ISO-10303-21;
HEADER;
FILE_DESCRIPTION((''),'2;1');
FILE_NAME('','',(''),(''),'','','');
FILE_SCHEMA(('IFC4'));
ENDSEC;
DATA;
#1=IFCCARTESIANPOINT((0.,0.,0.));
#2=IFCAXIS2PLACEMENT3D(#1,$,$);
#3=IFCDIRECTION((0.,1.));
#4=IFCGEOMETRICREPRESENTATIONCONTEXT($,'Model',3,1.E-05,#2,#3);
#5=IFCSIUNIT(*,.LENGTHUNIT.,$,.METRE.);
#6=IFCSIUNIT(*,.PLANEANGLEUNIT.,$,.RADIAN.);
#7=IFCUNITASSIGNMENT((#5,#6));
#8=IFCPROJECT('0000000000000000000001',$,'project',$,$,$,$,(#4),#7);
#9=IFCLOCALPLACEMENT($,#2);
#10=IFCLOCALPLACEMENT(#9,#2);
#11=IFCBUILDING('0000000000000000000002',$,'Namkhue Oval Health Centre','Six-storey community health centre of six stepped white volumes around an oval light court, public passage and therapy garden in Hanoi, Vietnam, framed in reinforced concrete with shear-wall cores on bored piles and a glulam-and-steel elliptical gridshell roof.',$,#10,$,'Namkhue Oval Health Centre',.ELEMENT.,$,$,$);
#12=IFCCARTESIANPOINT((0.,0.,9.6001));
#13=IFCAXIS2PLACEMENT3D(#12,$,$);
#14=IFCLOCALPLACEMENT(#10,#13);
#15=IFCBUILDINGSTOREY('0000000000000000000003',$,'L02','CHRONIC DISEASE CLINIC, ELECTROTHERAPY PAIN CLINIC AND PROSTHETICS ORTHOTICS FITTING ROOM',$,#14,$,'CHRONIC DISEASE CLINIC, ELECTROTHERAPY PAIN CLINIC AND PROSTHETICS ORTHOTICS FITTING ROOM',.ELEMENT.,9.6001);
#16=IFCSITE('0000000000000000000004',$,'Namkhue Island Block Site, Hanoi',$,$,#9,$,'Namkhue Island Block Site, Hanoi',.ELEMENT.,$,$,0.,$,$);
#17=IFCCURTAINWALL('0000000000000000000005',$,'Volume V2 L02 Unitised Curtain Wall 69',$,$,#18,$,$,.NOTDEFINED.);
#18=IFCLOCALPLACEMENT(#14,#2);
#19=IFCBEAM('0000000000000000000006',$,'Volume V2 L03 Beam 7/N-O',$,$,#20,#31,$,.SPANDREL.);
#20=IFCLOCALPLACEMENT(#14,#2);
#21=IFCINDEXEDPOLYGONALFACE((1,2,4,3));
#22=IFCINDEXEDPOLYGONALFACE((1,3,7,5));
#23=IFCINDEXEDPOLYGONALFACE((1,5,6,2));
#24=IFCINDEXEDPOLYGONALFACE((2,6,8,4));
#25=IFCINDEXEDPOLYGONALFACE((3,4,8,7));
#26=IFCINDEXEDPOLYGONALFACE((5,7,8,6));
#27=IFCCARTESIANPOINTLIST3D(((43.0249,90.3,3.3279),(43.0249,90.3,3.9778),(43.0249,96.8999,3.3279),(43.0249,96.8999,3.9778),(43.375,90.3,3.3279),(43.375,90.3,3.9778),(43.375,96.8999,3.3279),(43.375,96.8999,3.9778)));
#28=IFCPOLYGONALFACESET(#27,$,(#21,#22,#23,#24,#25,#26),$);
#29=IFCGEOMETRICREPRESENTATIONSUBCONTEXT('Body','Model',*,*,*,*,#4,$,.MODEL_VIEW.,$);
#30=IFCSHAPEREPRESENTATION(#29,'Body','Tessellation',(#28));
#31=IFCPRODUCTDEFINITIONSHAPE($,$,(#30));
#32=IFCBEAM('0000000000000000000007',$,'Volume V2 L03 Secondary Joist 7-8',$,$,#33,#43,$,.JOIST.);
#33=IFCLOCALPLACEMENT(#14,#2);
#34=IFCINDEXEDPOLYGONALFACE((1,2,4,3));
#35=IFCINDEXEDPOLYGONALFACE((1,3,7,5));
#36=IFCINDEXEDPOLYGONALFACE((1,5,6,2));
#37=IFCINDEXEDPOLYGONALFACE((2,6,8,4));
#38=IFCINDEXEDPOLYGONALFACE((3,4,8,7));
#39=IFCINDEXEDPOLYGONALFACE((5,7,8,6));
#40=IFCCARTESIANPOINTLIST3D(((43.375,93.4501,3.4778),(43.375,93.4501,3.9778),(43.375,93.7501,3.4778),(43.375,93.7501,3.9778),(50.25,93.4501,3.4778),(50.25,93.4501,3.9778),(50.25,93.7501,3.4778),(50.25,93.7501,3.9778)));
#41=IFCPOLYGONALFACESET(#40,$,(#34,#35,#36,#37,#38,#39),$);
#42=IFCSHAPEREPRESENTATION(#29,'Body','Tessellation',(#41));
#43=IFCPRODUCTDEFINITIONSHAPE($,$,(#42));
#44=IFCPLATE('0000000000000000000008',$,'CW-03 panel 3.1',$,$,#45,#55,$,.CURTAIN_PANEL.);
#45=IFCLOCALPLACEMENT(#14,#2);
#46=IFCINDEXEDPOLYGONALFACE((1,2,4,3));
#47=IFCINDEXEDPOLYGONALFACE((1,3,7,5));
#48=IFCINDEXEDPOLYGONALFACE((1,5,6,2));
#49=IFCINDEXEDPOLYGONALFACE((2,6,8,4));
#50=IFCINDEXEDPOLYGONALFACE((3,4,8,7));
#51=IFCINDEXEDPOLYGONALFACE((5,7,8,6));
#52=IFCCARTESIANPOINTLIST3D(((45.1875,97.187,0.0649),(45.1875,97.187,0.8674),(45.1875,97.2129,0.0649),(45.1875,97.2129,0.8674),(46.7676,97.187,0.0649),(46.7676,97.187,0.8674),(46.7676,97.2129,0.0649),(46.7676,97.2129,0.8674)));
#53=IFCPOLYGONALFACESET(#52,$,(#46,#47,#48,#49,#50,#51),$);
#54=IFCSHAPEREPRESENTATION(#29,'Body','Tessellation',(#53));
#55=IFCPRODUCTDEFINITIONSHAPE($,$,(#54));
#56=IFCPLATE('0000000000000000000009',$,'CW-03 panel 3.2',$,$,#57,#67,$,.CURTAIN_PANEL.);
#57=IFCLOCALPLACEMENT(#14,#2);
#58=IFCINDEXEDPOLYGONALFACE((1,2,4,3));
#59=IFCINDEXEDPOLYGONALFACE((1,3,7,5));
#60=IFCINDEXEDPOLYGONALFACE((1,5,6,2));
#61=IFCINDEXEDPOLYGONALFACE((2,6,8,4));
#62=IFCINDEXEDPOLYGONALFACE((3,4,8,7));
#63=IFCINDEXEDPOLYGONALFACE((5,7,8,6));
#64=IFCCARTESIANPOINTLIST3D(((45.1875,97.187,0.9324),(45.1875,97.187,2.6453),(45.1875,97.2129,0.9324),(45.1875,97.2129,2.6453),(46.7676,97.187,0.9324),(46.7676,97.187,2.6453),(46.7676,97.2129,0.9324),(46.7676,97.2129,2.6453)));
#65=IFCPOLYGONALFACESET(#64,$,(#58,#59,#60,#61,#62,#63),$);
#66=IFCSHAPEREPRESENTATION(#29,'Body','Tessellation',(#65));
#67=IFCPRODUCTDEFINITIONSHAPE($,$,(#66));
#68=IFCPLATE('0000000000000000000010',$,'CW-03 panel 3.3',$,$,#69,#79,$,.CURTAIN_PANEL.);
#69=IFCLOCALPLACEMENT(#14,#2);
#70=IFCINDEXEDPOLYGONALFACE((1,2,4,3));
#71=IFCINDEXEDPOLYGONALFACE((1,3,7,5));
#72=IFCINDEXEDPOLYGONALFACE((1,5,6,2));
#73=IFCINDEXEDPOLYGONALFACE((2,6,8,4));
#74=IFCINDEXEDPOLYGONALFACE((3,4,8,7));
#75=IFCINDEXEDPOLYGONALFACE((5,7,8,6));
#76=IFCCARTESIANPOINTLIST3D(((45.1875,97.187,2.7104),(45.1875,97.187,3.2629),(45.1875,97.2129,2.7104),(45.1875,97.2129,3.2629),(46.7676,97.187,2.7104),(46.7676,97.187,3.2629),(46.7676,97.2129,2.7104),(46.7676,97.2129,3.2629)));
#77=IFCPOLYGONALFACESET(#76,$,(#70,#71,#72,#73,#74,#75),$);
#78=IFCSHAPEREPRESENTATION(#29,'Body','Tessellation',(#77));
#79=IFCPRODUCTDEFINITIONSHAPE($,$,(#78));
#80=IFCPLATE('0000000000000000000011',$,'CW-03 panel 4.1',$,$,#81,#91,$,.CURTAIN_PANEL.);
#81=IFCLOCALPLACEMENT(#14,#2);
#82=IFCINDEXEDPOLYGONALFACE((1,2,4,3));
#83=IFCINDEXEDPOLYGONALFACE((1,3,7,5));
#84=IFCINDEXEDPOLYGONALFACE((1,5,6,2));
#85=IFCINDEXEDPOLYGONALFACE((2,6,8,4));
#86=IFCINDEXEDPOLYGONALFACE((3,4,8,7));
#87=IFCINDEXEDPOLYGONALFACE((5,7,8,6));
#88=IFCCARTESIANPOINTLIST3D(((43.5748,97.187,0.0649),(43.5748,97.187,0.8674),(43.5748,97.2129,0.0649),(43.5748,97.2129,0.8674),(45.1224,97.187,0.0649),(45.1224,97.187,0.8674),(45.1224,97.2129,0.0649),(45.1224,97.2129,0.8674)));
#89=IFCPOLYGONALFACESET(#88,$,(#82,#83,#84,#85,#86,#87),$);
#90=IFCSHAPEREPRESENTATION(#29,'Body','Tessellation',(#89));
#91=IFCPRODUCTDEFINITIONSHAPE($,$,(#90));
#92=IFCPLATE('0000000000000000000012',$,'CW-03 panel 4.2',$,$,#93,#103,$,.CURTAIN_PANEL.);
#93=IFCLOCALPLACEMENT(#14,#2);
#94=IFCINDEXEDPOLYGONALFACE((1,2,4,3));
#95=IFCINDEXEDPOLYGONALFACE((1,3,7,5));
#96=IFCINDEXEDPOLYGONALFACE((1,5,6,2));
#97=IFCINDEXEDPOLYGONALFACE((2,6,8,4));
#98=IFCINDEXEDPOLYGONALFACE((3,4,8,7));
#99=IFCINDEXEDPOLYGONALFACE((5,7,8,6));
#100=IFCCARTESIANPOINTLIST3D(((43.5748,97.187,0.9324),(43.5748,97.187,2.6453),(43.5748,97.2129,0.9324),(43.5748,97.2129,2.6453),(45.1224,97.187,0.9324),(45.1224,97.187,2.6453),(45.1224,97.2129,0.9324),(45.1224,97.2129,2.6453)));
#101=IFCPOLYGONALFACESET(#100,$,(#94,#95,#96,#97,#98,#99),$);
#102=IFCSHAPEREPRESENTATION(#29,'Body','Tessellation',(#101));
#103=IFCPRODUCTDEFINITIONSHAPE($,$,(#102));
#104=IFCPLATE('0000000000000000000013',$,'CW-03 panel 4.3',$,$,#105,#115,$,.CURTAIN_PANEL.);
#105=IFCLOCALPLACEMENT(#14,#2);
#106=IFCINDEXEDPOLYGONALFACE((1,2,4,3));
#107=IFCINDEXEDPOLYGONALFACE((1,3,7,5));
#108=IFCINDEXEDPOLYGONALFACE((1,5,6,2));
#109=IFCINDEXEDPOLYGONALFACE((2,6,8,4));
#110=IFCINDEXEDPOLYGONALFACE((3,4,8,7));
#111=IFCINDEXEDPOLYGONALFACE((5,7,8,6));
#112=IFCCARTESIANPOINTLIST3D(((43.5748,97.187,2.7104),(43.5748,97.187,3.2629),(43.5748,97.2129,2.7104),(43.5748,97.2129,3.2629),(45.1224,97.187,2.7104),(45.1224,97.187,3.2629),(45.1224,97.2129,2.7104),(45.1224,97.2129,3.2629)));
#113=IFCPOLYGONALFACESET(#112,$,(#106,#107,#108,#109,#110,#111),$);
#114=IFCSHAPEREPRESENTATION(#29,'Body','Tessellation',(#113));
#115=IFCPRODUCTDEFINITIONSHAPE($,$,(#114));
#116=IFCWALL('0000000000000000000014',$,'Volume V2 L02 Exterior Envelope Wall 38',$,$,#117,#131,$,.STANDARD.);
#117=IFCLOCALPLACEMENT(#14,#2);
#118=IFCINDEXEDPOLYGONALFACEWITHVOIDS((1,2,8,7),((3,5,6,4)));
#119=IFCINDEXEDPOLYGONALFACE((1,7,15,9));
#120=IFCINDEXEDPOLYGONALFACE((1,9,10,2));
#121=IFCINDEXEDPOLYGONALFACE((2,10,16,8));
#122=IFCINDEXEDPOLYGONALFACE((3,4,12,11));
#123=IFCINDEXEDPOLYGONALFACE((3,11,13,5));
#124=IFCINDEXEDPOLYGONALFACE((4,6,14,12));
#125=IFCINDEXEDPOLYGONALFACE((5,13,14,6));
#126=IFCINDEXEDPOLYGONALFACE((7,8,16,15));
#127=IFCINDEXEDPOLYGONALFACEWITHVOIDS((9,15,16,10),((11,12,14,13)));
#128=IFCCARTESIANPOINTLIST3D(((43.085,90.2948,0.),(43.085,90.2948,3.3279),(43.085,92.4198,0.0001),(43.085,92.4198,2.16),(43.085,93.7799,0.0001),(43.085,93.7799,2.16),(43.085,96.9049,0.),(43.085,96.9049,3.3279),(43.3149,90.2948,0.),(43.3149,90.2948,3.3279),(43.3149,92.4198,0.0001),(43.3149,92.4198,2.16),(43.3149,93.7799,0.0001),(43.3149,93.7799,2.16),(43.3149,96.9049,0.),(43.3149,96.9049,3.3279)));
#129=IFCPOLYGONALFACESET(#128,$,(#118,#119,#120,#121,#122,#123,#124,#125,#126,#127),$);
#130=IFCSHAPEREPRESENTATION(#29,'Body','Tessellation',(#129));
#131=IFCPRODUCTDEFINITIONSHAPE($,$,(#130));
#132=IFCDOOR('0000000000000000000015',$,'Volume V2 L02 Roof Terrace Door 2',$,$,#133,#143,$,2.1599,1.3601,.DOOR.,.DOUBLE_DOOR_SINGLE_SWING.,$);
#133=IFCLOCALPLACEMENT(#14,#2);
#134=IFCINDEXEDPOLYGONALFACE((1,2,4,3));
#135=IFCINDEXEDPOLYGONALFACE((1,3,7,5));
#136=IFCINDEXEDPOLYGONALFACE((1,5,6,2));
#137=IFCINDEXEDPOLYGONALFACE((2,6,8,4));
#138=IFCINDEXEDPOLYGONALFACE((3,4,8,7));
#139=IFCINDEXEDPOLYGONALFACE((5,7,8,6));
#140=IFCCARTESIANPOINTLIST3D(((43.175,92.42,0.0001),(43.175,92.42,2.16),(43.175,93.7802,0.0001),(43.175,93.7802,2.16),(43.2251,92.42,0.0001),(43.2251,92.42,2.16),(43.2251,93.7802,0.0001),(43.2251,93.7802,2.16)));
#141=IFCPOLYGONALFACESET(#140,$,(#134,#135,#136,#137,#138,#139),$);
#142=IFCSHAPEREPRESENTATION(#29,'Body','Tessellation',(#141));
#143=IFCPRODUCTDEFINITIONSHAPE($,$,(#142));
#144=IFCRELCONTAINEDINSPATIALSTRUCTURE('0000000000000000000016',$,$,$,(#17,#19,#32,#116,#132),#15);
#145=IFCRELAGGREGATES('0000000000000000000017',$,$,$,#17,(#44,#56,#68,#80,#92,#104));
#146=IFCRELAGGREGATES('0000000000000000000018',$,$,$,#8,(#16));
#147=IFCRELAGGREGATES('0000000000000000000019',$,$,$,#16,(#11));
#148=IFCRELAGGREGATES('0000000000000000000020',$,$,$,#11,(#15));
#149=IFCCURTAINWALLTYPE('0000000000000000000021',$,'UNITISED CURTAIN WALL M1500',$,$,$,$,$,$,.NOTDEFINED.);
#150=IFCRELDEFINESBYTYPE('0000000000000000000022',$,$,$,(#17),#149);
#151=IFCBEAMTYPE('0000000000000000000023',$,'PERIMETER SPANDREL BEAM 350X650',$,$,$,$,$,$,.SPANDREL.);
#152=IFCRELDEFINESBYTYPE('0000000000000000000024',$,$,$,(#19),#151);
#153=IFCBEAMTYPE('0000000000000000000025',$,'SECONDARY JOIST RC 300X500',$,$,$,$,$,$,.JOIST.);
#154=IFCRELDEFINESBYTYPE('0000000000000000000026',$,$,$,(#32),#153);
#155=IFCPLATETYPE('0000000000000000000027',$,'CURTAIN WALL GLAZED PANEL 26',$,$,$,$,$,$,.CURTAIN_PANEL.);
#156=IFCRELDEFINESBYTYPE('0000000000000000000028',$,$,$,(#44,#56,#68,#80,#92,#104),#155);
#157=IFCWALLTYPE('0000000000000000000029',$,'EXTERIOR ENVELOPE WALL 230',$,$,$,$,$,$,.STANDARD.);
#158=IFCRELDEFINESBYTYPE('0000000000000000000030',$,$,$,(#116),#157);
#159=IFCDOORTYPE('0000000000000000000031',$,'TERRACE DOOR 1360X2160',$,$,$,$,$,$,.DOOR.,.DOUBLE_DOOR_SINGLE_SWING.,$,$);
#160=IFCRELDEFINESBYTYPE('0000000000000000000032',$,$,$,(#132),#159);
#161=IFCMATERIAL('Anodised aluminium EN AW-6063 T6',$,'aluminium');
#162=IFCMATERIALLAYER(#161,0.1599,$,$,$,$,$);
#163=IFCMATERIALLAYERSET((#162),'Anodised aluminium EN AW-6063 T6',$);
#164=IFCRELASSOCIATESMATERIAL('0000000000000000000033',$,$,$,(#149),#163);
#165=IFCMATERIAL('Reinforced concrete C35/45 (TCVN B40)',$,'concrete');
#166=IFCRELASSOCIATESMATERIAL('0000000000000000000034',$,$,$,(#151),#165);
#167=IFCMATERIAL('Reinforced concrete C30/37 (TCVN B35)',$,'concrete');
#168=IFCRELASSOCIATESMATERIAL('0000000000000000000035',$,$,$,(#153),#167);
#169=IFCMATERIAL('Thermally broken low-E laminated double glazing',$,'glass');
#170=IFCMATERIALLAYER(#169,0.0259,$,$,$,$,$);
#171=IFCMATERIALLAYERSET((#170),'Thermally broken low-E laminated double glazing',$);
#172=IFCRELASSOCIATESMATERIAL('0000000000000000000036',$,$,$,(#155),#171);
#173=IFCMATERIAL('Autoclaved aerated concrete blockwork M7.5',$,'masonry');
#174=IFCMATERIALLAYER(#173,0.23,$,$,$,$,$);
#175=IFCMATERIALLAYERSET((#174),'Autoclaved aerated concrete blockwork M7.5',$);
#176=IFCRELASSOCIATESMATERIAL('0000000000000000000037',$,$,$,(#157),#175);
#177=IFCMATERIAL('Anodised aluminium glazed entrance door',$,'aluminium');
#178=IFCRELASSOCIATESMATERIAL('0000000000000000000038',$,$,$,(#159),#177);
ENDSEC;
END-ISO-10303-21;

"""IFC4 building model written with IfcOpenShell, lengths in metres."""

from ifc_helpers import new_model, si_unit, direction, frame, frame_2d, origin, origin_2d, place, context, subcontext, project, spatial, rectangle, extrude, material, layer, layer_set, material_profile, profile_set, type_object, element, fill, aggregate, save


model = new_model("IFC4")

# Units and contexts
model_context = context("Model", 3, precision=1e-05, world=origin(), true_north=direction((0.0, 1.0)))
body_context = subcontext(model_context, "Body", "Model", "MODEL_VIEW")
ifc_project = project(units=[si_unit("LENGTHUNIT", "METRE"), si_unit("PLANEANGLEUNIT", "RADIAN")], contexts=[model_context])

# Site, building, storey
site_placement = place(None, origin())
site = spatial("IfcSite", under=ifc_project, at=site_placement, Name="Namkhue Island Block Site, Hanoi", LongName="Namkhue Island Block Site, Hanoi", CompositionType="ELEMENT", RefElevation=0.0)
building_placement = place(site_placement, origin())
building = spatial("IfcBuilding", under=site, at=building_placement, Name="Namkhue Oval Health Centre", Description="Six-storey community health centre of six stepped white volumes around an oval light court, public passage and therapy garden in Hanoi, Vietnam, framed in reinforced concrete with shear-wall cores on bored piles and a glulam-and-steel elliptical gridshell roof.", LongName="Namkhue Oval Health Centre", CompositionType="ELEMENT")
storey_placement = place(building_placement, frame((0.0, 0.0, 9.6001)))
storey = spatial("IfcBuildingStorey", under=building, at=storey_placement, Name="L02", Description="CHRONIC DISEASE CLINIC, ELECTROTHERAPY PAIN CLINIC AND PROSTHETICS ORTHOTICS FITTING ROOM", LongName="CHRONIC DISEASE CLINIC, ELECTROTHERAPY PAIN CLINIC AND PROSTHETICS ORTHOTICS FITTING ROOM", CompositionType="ELEMENT", Elevation=9.6001)

# Shared definitions
ifc_material_1 = material(Name="Reinforced concrete C35/45 (TCVN B40)", Category="concrete")

# Curtain wall
ifc_material_2 = material(Name="Anodised aluminium EN AW-6063 T6", Category="aluminium")
ifc_layer_1 = layer(ifc_material_2, 0.1599)
ifc_layer_set_1 = layer_set([ifc_layer_1], Name="Anodised aluminium EN AW-6063 T6")
curtain_wall_type = type_object("IfcCurtainWallType", Name="UNITISED CURTAIN WALL M1500", PredefinedType="NOTDEFINED", material=ifc_layer_set_1)
curtain_wall_placement = place(storey_placement, origin())
curtain_wall = element("IfcCurtainWall", 1, at=curtain_wall_placement, inside=storey, type_object=curtain_wall_type, Name="Volume V2 L02 Unitised Curtain Wall 69", PredefinedType="NOTDEFINED")

# Beams
ifc_material_profile_1 = material_profile(ifc_material_1, rectangle(XDim=0.3501, YDim=0.6499, at=origin_2d()), Name="RC 350x650")
ifc_profile_set_1 = profile_set([ifc_material_profile_1], Name="Reinforced concrete C35/45 (TCVN B40)")
beam_type_1 = type_object("IfcBeamType", Name="PERIMETER SPANDREL BEAM 350X650", PredefinedType="SPANDREL", material=ifc_profile_set_1)
beam_1_placement = place(storey_placement, frame((43.2, 90.3, 3.6528), z_axis=(0.0, 1.0, 0.0), x_axis=(-1.0, 0.0, 0.0)))
element("IfcBeam", 2, at=beam_1_placement, inside=storey, type_object=beam_type_1, Name="Volume V2 L03 Beam 7/N-O", PredefinedType="SPANDREL", context=body_context, shape_type="SweptSolid", body=[
    extrude(rectangle(XDim=0.3501, YDim=0.6499, at=origin_2d()), origin(), (0.0, 0.0, 1.0), 6.5999),
])
ifc_material_3 = material(Name="Reinforced concrete C30/37 (TCVN B35)", Category="concrete")
ifc_material_profile_2 = material_profile(ifc_material_3, rectangle(XDim=0.3, YDim=0.5, at=origin_2d()), Name="RC 300x500")
ifc_profile_set_2 = profile_set([ifc_material_profile_2], Name="Reinforced concrete C30/37 (TCVN B35)")
beam_type_2 = type_object("IfcBeamType", Name="SECONDARY JOIST RC 300X500", PredefinedType="JOIST", material=ifc_profile_set_2)
beam_2_placement = place(storey_placement, frame((43.375, 93.6001, 3.7278), z_axis=(1.0, 0.0, 0.0), x_axis=(0.0, 1.0, 0.0)))
element("IfcBeam", 3, at=beam_2_placement, inside=storey, type_object=beam_type_2, Name="Volume V2 L03 Secondary Joist 7-8", PredefinedType="JOIST", context=body_context, shape_type="SweptSolid", body=[
    extrude(rectangle(XDim=0.3, YDim=0.5, at=origin_2d()), origin(), (0.0, 0.0, 1.0), 6.875),
])

# Plates
ifc_material_4 = material(Name="Thermally broken low-E laminated double glazing", Category="glass")
ifc_layer_2 = layer(ifc_material_4, 0.0259)
ifc_layer_set_2 = layer_set([ifc_layer_2], Name="Thermally broken low-E laminated double glazing")
plate_type = type_object("IfcPlateType", Name="CURTAIN WALL GLAZED PANEL 26", PredefinedType="CURTAIN_PANEL", material=ifc_layer_set_2)
plate_1_placement = place(storey_placement, frame((45.9775, 97.2, 0.0649), z_axis=(0.0, 0.0, 1.0), x_axis=(-1.0, 0.0, 0.0)))
plate_1 = element("IfcPlate", 4, at=plate_1_placement, type_object=plate_type, Name="CW-03 panel 3.1", PredefinedType="CURTAIN_PANEL", context=body_context, shape_type="SweptSolid", body=[
    extrude(rectangle(XDim=1.5801, YDim=0.0259, at=origin_2d()), origin(), (0.0, 0.0, 1.0), 0.8025),
])
plate_2_placement = place(storey_placement, frame((45.9775, 97.2, 0.9324), z_axis=(0.0, 0.0, 1.0), x_axis=(-1.0, 0.0, 0.0)))
plate_2 = element("IfcPlate", 5, at=plate_2_placement, type_object=plate_type, Name="CW-03 panel 3.2", PredefinedType="CURTAIN_PANEL", context=body_context, shape_type="SweptSolid", body=[
    extrude(rectangle(XDim=1.5801, YDim=0.0259, at=origin_2d()), origin(), (0.0, 0.0, 1.0), 1.7129),
])
plate_3_placement = place(storey_placement, frame((45.9775, 97.2, 2.7104), z_axis=(0.0, 0.0, 1.0), x_axis=(-1.0, 0.0, 0.0)))
plate_3 = element("IfcPlate", 6, at=plate_3_placement, type_object=plate_type, Name="CW-03 panel 3.3", PredefinedType="CURTAIN_PANEL", context=body_context, shape_type="SweptSolid", body=[
    extrude(rectangle(XDim=1.5801, YDim=0.0259, at=origin_2d()), origin(), (0.0, 0.0, 1.0), 0.5525),
])
plate_4_placement = place(storey_placement, frame((44.3486, 97.2, 0.0649), z_axis=(0.0, 0.0, 1.0), x_axis=(-1.0, 0.0, 0.0)))
plate_4 = element("IfcPlate", 7, at=plate_4_placement, type_object=plate_type, Name="CW-03 panel 4.1", PredefinedType="CURTAIN_PANEL", context=body_context, shape_type="SweptSolid", body=[
    extrude(rectangle(XDim=1.5476, YDim=0.0259, at=origin_2d()), origin(), (0.0, 0.0, 1.0), 0.8025),
])
plate_5_placement = place(storey_placement, frame((44.3486, 97.2, 0.9324), z_axis=(0.0, 0.0, 1.0), x_axis=(-1.0, 0.0, 0.0)))
plate_5 = element("IfcPlate", 8, at=plate_5_placement, type_object=plate_type, Name="CW-03 panel 4.2", PredefinedType="CURTAIN_PANEL", context=body_context, shape_type="SweptSolid", body=[
    extrude(rectangle(XDim=1.5476, YDim=0.0259, at=origin_2d()), origin(), (0.0, 0.0, 1.0), 1.7129),
])
plate_6_placement = place(storey_placement, frame((44.3486, 97.2, 2.7104), z_axis=(0.0, 0.0, 1.0), x_axis=(-1.0, 0.0, 0.0)))
plate_6 = element("IfcPlate", 9, at=plate_6_placement, type_object=plate_type, Name="CW-03 panel 4.3", PredefinedType="CURTAIN_PANEL", context=body_context, shape_type="SweptSolid", body=[
    extrude(rectangle(XDim=1.5476, YDim=0.0259, at=origin_2d()), origin(), (0.0, 0.0, 1.0), 0.5525),
])
aggregate(curtain_wall, [plate_1, plate_2, plate_3, plate_4, plate_5, plate_6])

# Wall, opening, door
ifc_material_5 = material(Name="Autoclaved aerated concrete blockwork M7.5", Category="masonry")
ifc_layer_3 = layer(ifc_material_5, 0.23)
ifc_layer_set_3 = layer_set([ifc_layer_3], Name="Autoclaved aerated concrete blockwork M7.5")
wall_type_1 = type_object("IfcWallType", Name="EXTERIOR ENVELOPE WALL 230", PredefinedType="STANDARD", material=ifc_layer_set_3)
wall_1_placement = place(storey_placement, frame((43.2, 96.905, 0.0), z_axis=(0.0, 0.0, 1.0), x_axis=(0.0, -1.0, 0.0)))
wall_1 = element("IfcWall", 10, at=wall_1_placement, inside=storey, type_object=wall_type_1, Name="Volume V2 L02 Exterior Envelope Wall 38", PredefinedType="STANDARD", context=body_context, shape_type="SweptSolid", body=[
    extrude(rectangle(XDim=6.6101, YDim=0.23, at=frame_2d((3.3052, 0.0))), origin(), (0.0, 0.0, 1.0), 3.3279),
])
opening_1_placement = place(wall_1_placement, frame((3.125, 0.0, 0.0)))
opening_1 = element("IfcOpeningElement", 11, at=opening_1_placement, cuts=wall_1, PredefinedType="OPENING", context=body_context, shape_type="SweptSolid", body=[
    extrude(rectangle(XDim=1.3601, YDim=2.1599, at=frame_2d((0.6802, 1.0801))), frame((0.0, 0.125, 0.0), z_axis=(0.0, -1.0, 0.0), x_axis=(1.0, 0.0, 0.0)), (0.0, 0.0, 1.0), 0.25),
])
ifc_material_6 = material(Name="Anodised aluminium glazed entrance door", Category="aluminium")
door_type_1 = type_object("IfcDoorType", Name="TERRACE DOOR 1360X2160", OperationType="DOUBLE_DOOR_SINGLE_SWING", PredefinedType="DOOR", material=ifc_material_6)
door_1_placement = place(opening_1_placement, frame((1.3601, 0.0, 0.0), z_axis=(0.0, 0.0, 1.0), x_axis=(-1.0, 0.0, 0.0)))
door_1 = element("IfcDoor", 12, at=door_1_placement, inside=storey, type_object=door_type_1, Name="Volume V2 L02 Roof Terrace Door 2", OperationType="DOUBLE_DOOR_SINGLE_SWING", OverallHeight=2.1599, OverallWidth=1.3601, PredefinedType="DOOR", context=body_context, shape_type="SweptSolid", body=[
    extrude(rectangle(XDim=1.3601, YDim=2.1599, at=frame_2d((0.6802, 1.0801))), frame((0.0, 0.0249, 0.0), z_axis=(0.0, -1.0, 0.0), x_axis=(1.0, 0.0, 0.0)), (0.0, 0.0, 1.0), 0.05),
])
fill(opening_1, door_1)

save(model, "model.ifc")
